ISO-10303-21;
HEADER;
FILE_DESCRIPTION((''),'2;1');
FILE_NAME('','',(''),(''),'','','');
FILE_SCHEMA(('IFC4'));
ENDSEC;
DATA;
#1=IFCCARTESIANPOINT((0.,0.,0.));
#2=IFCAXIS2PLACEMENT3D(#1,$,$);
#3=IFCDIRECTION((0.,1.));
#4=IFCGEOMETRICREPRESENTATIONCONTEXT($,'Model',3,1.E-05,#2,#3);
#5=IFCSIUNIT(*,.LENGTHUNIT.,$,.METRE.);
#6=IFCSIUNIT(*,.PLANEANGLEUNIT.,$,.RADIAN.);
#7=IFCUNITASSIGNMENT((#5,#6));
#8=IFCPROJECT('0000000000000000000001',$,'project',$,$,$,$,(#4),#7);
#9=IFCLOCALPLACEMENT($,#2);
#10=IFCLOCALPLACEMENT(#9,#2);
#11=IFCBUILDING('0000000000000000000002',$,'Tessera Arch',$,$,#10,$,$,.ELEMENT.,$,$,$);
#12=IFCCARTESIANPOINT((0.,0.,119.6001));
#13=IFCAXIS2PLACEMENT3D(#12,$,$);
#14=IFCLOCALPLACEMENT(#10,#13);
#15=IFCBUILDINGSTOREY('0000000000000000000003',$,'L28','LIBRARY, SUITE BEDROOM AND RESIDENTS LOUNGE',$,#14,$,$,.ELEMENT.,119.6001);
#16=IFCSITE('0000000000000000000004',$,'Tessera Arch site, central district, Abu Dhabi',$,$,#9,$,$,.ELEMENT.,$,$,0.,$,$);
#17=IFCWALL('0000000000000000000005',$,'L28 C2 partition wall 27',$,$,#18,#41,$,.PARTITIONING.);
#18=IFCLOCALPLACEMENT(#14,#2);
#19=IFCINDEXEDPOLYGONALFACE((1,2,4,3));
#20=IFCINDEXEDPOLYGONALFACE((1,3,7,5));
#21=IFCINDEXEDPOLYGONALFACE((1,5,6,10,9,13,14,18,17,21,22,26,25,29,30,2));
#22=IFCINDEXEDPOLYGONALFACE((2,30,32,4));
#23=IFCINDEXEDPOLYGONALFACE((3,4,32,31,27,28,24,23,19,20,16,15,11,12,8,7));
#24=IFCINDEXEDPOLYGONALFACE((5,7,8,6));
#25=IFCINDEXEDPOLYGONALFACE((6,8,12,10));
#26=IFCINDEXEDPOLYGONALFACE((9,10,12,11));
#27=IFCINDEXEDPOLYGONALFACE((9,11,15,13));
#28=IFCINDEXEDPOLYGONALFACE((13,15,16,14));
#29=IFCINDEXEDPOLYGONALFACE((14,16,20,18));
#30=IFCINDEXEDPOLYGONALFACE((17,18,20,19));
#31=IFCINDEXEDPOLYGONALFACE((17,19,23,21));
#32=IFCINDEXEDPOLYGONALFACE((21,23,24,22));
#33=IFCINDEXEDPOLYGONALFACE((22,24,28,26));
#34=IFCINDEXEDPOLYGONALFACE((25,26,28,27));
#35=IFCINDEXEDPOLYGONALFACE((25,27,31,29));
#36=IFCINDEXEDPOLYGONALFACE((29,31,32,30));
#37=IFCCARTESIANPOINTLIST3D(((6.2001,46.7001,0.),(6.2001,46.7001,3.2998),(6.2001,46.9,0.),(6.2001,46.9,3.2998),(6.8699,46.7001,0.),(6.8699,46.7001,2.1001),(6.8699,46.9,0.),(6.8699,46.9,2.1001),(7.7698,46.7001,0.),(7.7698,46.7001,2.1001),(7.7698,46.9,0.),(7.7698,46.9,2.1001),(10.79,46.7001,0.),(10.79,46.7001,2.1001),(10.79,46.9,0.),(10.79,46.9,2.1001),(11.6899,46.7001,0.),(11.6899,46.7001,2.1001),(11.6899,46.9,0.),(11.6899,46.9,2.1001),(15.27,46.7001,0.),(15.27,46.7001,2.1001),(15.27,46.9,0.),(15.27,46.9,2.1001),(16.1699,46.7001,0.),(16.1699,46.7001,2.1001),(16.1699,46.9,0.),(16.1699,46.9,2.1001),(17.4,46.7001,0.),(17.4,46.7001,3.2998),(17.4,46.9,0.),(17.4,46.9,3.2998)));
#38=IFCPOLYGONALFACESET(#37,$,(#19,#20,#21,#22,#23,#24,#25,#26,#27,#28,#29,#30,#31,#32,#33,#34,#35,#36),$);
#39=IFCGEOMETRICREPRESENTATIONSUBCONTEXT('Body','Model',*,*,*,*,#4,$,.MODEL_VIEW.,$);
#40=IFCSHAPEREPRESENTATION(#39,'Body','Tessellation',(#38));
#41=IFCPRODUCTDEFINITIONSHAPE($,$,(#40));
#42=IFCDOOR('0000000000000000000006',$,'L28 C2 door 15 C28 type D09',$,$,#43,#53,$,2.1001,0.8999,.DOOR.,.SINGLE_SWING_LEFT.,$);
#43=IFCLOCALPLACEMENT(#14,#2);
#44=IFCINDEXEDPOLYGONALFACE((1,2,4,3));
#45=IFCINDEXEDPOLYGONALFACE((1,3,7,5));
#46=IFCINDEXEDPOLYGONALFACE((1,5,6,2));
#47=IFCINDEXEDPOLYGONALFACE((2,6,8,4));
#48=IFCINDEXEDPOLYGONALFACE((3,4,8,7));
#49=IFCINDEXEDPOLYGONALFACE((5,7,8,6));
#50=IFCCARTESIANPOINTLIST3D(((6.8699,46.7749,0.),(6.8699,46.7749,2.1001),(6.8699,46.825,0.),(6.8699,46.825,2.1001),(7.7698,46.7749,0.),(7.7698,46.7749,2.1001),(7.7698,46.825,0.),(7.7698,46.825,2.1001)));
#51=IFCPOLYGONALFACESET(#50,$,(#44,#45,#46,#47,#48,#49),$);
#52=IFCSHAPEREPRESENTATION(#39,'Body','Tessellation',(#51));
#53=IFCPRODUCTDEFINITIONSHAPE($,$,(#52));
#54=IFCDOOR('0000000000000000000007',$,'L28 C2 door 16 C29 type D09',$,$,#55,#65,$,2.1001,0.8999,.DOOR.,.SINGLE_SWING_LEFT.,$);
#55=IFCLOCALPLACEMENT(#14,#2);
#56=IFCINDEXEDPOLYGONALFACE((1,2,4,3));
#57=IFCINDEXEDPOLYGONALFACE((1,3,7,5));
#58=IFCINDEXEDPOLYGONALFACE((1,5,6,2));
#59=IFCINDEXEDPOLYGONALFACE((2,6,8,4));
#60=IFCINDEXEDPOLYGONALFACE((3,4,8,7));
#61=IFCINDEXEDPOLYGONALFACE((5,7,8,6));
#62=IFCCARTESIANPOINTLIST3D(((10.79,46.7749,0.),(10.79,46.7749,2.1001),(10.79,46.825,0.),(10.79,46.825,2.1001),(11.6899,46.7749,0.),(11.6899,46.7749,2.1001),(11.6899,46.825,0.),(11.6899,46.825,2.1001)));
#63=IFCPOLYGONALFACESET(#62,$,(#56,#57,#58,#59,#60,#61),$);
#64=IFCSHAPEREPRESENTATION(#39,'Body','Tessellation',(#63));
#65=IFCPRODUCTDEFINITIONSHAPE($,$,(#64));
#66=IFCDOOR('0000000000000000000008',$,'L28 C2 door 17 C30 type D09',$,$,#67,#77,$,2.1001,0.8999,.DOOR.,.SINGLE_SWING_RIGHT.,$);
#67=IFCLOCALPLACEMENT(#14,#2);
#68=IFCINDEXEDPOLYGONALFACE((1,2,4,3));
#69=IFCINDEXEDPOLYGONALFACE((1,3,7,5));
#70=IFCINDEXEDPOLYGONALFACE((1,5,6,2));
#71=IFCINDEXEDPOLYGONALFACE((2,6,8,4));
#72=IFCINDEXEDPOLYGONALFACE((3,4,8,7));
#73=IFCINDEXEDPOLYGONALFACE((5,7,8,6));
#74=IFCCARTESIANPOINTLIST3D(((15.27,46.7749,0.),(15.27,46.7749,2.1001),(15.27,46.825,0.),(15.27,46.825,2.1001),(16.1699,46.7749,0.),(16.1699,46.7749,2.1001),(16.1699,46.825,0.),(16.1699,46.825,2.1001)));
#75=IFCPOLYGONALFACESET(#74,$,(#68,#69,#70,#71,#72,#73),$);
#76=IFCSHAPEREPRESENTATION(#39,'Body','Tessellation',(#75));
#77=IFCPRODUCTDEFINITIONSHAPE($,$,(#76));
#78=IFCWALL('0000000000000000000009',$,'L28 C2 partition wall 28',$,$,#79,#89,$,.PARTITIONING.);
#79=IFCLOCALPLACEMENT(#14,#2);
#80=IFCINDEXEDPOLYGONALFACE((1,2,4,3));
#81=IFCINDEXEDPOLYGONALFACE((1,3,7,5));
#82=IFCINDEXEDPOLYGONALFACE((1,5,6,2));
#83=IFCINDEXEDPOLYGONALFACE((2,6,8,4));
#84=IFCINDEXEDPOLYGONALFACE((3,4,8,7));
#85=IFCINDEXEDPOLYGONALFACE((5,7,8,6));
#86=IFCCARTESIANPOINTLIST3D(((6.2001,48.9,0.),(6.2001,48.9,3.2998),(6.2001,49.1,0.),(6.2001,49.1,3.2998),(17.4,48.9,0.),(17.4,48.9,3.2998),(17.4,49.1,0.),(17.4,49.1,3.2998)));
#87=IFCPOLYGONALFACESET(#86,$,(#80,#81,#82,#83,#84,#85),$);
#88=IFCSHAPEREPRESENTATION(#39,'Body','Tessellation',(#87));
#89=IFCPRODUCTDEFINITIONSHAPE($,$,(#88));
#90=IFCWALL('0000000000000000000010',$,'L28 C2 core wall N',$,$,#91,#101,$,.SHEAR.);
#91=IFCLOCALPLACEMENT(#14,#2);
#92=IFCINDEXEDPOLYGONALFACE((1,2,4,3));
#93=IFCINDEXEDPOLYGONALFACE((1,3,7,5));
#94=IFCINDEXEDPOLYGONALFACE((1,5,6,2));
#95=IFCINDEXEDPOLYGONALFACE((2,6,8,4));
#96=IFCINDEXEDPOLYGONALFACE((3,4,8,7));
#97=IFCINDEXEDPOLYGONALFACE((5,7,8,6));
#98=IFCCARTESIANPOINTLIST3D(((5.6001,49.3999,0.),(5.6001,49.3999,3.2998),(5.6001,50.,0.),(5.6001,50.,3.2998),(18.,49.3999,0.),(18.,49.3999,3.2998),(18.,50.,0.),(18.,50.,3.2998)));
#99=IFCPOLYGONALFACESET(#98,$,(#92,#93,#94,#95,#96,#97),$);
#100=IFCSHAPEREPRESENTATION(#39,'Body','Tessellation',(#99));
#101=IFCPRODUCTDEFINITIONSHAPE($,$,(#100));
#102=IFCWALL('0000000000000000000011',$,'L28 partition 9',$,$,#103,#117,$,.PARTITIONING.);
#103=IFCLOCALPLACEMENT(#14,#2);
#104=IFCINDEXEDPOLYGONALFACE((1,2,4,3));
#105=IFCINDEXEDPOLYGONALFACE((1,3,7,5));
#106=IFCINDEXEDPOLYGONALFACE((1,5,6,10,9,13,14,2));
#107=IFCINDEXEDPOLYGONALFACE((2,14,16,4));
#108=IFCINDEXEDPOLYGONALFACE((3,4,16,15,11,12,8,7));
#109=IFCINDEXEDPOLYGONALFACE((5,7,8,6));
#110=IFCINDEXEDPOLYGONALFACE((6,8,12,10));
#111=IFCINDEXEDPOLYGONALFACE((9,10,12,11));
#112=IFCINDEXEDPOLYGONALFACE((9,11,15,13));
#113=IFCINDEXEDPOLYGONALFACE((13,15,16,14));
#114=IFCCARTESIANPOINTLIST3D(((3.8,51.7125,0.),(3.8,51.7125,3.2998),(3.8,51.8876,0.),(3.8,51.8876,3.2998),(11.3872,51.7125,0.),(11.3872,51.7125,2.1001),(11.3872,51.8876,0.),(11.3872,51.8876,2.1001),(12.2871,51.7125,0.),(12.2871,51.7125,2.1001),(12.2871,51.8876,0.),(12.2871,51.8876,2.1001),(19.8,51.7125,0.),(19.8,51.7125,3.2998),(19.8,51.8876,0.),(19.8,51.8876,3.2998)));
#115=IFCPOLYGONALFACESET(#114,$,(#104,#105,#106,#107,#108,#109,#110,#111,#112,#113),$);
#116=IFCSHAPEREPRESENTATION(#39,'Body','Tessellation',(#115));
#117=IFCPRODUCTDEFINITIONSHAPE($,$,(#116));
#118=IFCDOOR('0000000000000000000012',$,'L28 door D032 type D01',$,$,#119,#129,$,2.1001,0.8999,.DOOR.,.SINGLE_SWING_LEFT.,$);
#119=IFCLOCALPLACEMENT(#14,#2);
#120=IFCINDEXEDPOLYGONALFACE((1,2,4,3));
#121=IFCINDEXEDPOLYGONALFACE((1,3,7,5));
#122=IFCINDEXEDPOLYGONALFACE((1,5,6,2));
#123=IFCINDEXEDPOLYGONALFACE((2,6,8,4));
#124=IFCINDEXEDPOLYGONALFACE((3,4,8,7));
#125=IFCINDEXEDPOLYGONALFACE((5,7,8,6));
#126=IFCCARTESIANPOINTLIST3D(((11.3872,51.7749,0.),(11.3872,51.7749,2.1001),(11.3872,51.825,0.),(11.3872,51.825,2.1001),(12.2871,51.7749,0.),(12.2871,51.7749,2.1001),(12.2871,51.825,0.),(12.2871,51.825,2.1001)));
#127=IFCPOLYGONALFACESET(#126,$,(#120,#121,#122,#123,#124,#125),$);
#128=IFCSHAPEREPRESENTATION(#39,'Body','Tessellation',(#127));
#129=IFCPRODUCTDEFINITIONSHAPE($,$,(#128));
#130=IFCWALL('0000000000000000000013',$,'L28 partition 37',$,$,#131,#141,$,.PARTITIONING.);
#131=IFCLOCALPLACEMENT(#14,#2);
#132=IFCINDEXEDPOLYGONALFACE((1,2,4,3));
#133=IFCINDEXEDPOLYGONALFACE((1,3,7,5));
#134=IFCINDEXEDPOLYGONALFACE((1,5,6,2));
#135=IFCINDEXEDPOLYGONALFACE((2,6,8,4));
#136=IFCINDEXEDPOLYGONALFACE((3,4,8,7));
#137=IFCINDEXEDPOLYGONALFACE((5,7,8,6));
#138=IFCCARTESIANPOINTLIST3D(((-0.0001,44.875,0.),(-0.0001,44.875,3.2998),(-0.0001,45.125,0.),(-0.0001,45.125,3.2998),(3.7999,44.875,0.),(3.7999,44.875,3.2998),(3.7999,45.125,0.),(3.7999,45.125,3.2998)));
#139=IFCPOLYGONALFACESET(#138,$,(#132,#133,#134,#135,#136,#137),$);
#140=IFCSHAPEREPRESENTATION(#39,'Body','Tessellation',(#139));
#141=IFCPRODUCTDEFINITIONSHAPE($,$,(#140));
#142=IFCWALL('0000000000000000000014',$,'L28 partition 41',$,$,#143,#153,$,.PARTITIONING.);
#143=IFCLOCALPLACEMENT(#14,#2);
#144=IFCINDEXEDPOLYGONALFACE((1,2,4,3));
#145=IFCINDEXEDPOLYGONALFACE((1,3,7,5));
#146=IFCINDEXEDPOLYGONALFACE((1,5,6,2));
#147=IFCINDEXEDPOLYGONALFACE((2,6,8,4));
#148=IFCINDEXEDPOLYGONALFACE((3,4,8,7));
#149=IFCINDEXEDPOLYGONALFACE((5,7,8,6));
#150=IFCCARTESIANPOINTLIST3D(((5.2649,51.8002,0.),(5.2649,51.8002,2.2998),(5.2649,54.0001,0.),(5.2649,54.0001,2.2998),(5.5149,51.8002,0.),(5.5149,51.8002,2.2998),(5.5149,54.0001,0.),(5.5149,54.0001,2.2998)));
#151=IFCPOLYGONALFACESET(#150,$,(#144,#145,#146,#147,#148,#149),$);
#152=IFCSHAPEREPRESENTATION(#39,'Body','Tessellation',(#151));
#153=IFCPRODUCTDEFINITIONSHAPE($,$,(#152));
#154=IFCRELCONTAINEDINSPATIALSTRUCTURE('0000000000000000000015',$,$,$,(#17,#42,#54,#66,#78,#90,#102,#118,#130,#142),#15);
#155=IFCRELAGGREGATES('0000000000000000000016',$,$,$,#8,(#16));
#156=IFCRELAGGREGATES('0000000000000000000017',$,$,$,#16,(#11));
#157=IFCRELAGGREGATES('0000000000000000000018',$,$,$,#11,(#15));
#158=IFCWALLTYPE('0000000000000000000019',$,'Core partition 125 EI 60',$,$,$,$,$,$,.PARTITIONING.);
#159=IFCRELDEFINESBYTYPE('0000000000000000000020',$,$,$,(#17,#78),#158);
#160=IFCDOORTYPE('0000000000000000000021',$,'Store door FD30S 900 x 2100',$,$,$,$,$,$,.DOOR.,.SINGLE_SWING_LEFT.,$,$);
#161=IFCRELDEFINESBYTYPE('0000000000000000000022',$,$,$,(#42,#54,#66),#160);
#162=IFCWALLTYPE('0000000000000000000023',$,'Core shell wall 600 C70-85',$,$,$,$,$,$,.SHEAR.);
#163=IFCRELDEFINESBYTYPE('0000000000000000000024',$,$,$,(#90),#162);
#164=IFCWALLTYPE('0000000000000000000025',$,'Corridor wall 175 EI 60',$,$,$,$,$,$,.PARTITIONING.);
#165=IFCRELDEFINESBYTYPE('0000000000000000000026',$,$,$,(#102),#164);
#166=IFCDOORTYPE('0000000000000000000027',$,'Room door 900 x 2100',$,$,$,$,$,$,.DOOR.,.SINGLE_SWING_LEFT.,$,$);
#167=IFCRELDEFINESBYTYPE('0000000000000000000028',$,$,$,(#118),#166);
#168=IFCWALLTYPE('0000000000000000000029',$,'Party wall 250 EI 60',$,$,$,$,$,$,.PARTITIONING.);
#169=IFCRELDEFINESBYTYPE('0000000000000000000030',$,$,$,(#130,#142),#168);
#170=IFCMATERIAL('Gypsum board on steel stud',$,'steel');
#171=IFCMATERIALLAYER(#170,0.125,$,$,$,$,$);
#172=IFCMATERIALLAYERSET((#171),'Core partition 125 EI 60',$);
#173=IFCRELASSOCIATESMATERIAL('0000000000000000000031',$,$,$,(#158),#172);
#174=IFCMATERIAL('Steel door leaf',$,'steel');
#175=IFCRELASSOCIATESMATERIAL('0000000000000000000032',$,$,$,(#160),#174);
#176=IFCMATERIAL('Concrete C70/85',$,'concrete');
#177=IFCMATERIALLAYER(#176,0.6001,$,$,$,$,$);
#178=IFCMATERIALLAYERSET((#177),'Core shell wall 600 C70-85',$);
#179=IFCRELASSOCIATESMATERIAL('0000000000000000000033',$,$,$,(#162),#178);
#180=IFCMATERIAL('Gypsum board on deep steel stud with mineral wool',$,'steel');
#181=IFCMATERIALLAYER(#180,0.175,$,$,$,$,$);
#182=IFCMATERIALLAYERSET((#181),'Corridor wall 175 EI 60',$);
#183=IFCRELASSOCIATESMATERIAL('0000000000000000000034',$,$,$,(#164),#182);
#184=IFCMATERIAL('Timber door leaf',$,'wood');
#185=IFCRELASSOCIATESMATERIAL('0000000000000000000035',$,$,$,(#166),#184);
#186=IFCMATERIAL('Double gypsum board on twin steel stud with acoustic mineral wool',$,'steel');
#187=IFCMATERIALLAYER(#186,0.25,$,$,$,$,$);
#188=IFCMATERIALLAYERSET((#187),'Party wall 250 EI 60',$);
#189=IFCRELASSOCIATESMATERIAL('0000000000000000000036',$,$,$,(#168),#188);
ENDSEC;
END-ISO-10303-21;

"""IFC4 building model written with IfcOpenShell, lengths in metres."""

from ifc_helpers import new_model, si_unit, direction, frame, frame_2d, origin, place, context, subcontext, project, spatial, rectangle, extrude, material, layer, layer_set, type_object, element, fill, save


model = new_model("IFC4")

# Units and contexts
model_context = context("Model", 3, precision=1e-05, world=origin(), true_north=direction((0.0, 1.0)))
body_context = subcontext(model_context, "Body", "Model", "MODEL_VIEW")
ifc_project = project(units=[si_unit("LENGTHUNIT", "METRE"), si_unit("PLANEANGLEUNIT", "RADIAN")], contexts=[model_context])

# Site, building, storey
site_placement = place(None, origin())
site = spatial("IfcSite", under=ifc_project, at=site_placement, Name="Tessera Arch site, central district, Abu Dhabi", CompositionType="ELEMENT", RefElevation=0.0)
building_placement = place(site_placement, origin())
building = spatial("IfcBuilding", under=site, at=building_placement, Name="Tessera Arch", CompositionType="ELEMENT")
storey_placement = place(building_placement, frame((0.0, 0.0, 119.6001)))
storey = spatial("IfcBuildingStorey", under=building, at=storey_placement, Name="L28", Description="LIBRARY, SUITE BEDROOM AND RESIDENTS LOUNGE", CompositionType="ELEMENT", Elevation=119.6001)

# Shared definitions
ifc_material_1 = material(Name="Gypsum board on steel stud", Category="steel")
ifc_layer_1 = layer(ifc_material_1, 0.125)
ifc_layer_set_1 = layer_set([ifc_layer_1], Name="Core partition 125 EI 60")
wall_type_1 = type_object("IfcWallType", Name="Core partition 125 EI 60", PredefinedType="PARTITIONING", material=ifc_layer_set_1)

# Wall, openings, doors
wall_1_placement = place(storey_placement, frame((6.2, 46.8, 0.0), z_axis=(0.0, 0.0, 1.0), x_axis=(1.0, 0.0, 0.0)))
wall_1 = element("IfcWall", 1, at=wall_1_placement, inside=storey, type_object=wall_type_1, Name="L28 C2 partition wall 27", PredefinedType="PARTITIONING", context=body_context, shape_type="SweptSolid", body=[
    extrude(rectangle(XDim=11.2, YDim=0.2, at=frame_2d((5.6001, 0.0))), origin(), (0.0, 0.0, 1.0), 3.2998),
])
opening_1_placement = place(wall_1_placement, frame((0.6699, 0.0, 0.0)))
opening_1 = element("IfcOpeningElement", 2, at=opening_1_placement, cuts=wall_1, PredefinedType="OPENING", context=body_context, shape_type="SweptSolid", body=[
    extrude(rectangle(XDim=0.8999, YDim=2.1001, at=frame_2d((0.45, 1.05))), frame((0.0, 0.1099, 0.0), z_axis=(0.0, -1.0, 0.0), x_axis=(1.0, 0.0, 0.0)), (0.0, 0.0, 1.0), 0.22),
])
opening_2_placement = place(wall_1_placement, frame((4.5901, 0.0, 0.0)))
opening_2 = element("IfcOpeningElement", 3, at=opening_2_placement, cuts=wall_1, PredefinedType="OPENING", context=body_context, shape_type="SweptSolid", body=[
    extrude(rectangle(XDim=0.8999, YDim=2.1001, at=frame_2d((0.45, 1.05))), frame((0.0, 0.1099, 0.0), z_axis=(0.0, -1.0, 0.0), x_axis=(1.0, 0.0, 0.0)), (0.0, 0.0, 1.0), 0.22),
])
opening_3_placement = place(wall_1_placement, frame((9.0701, 0.0, 0.0)))
opening_3 = element("IfcOpeningElement", 4, at=opening_3_placement, cuts=wall_1, PredefinedType="OPENING", context=body_context, shape_type="SweptSolid", body=[
    extrude(rectangle(XDim=0.8999, YDim=2.1001, at=frame_2d((0.45, 1.05))), frame((0.0, 0.1099, 0.0), z_axis=(0.0, -1.0, 0.0), x_axis=(1.0, 0.0, 0.0)), (0.0, 0.0, 1.0), 0.22),
])
ifc_material_2 = material(Name="Steel door leaf", Category="steel")
door_type_1 = type_object("IfcDoorType", Name="Store door FD30S 900 x 2100", OperationType="SINGLE_SWING_LEFT", PredefinedType="DOOR", material=ifc_material_2)
door_1_placement = place(opening_1_placement, origin())
door_1 = element("IfcDoor", 5, at=door_1_placement, inside=storey, type_object=door_type_1, Name="L28 C2 door 15 C28 type D09", OperationType="SINGLE_SWING_LEFT", OverallHeight=2.1001, OverallWidth=0.8999, PredefinedType="DOOR", context=body_context, shape_type="SweptSolid", body=[
    extrude(rectangle(XDim=0.8999, YDim=2.1001, at=frame_2d((0.45, 1.05))), frame((0.0, 0.0249, 0.0), z_axis=(0.0, -1.0, 0.0), x_axis=(1.0, 0.0, 0.0)), (0.0, 0.0, 1.0), 0.05),
])
fill(opening_1, door_1)
door_2_placement = place(opening_2_placement, origin())
door_2 = element("IfcDoor", 6, at=door_2_placement, inside=storey, type_object=door_type_1, Name="L28 C2 door 16 C29 type D09", OperationType="SINGLE_SWING_LEFT", OverallHeight=2.1001, OverallWidth=0.8999, PredefinedType="DOOR", context=body_context, shape_type="SweptSolid", body=[
    extrude(rectangle(XDim=0.8999, YDim=2.1001, at=frame_2d((0.45, 1.05))), frame((0.0, 0.0249, 0.0), z_axis=(0.0, -1.0, 0.0), x_axis=(1.0, 0.0, 0.0)), (0.0, 0.0, 1.0), 0.05),
])
fill(opening_2, door_2)
door_3_placement = place(opening_3_placement, origin())
door_3 = element("IfcDoor", 7, at=door_3_placement, inside=storey, type_object=door_type_1, Name="L28 C2 door 17 C30 type D09", OperationType="SINGLE_SWING_RIGHT", OverallHeight=2.1001, OverallWidth=0.8999, PredefinedType="DOOR", context=body_context, shape_type="SweptSolid", body=[
    extrude(rectangle(XDim=0.8999, YDim=2.1001, at=frame_2d((0.45, 1.05))), frame((0.0, 0.0249, 0.0), z_axis=(0.0, -1.0, 0.0), x_axis=(1.0, 0.0, 0.0)), (0.0, 0.0, 1.0), 0.05),
])
fill(opening_3, door_3)

# Walls
wall_2_placement = place(storey_placement, frame((6.2, 49.0, 0.0), z_axis=(0.0, 0.0, 1.0), x_axis=(1.0, 0.0, 0.0)))
element("IfcWall", 8, at=wall_2_placement, inside=storey, type_object=wall_type_1, Name="L28 C2 partition wall 28", PredefinedType="PARTITIONING", context=body_context, shape_type="SweptSolid", body=[
    extrude(rectangle(XDim=11.2, YDim=0.2, at=frame_2d((5.6001, 0.0))), origin(), (0.0, 0.0, 1.0), 3.2998),
])
ifc_material_3 = material(Name="Concrete C70/85", Category="concrete")
ifc_layer_2 = layer(ifc_material_3, 0.6001)
ifc_layer_set_2 = layer_set([ifc_layer_2], Name="Core shell wall 600 C70-85")
wall_type_2 = type_object("IfcWallType", Name="Core shell wall 600 C70-85", PredefinedType="SHEAR", material=ifc_layer_set_2)
wall_3_placement = place(storey_placement, frame((5.6001, 49.7, 0.0), z_axis=(0.0, 0.0, 1.0), x_axis=(1.0, 0.0, 0.0)))
element("IfcWall", 9, at=wall_3_placement, inside=storey, type_object=wall_type_2, Name="L28 C2 core wall N", PredefinedType="SHEAR", context=body_context, shape_type="SweptSolid", body=[
    extrude(rectangle(XDim=12.3999, YDim=0.6001, at=frame_2d((6.2, 0.0))), origin(), (0.0, 0.0, 1.0), 3.2998),
])

# Wall, opening, door
ifc_material_4 = material(Name="Gypsum board on deep steel stud with mineral wool", Category="steel")
ifc_layer_3 = layer(ifc_material_4, 0.175)
ifc_layer_set_3 = layer_set([ifc_layer_3], Name="Corridor wall 175 EI 60")
wall_type_3 = type_object("IfcWallType", Name="Corridor wall 175 EI 60", PredefinedType="PARTITIONING", material=ifc_layer_set_3)
wall_4_placement = place(storey_placement, frame((3.8, 51.8, 0.0), z_axis=(0.0, 0.0, 1.0), x_axis=(1.0, 0.0, 0.0)))
wall_4 = element("IfcWall", 10, at=wall_4_placement, inside=storey, type_object=wall_type_3, Name="L28 partition 9", PredefinedType="PARTITIONING", context=body_context, shape_type="SweptSolid", body=[
    extrude(rectangle(XDim=16.0, YDim=0.175, at=frame_2d((8.0, 0.0))), origin(), (0.0, 0.0, 1.0), 3.2998),
])
opening_4_placement = place(wall_4_placement, frame((7.5872, 0.0, 0.0)))
opening_4 = element("IfcOpeningElement", 11, at=opening_4_placement, cuts=wall_4, PredefinedType="OPENING", context=body_context, shape_type="SweptSolid", body=[
    extrude(rectangle(XDim=0.8999, YDim=2.1001, at=frame_2d((0.45, 1.05))), frame((0.0, 0.0974, 0.0), z_axis=(0.0, -1.0, 0.0), x_axis=(1.0, 0.0, 0.0)), (0.0, 0.0, 1.0), 0.1951),
])
ifc_material_5 = material(Name="Timber door leaf", Category="wood")
door_type_2 = type_object("IfcDoorType", Name="Room door 900 x 2100", OperationType="SINGLE_SWING_LEFT", PredefinedType="DOOR", material=ifc_material_5)
door_4_placement = place(opening_4_placement, origin())
door_4 = element("IfcDoor", 12, at=door_4_placement, inside=storey, type_object=door_type_2, Name="L28 door D032 type D01", OperationType="SINGLE_SWING_LEFT", OverallHeight=2.1001, OverallWidth=0.8999, PredefinedType="DOOR", context=body_context, shape_type="SweptSolid", body=[
    extrude(rectangle(XDim=0.8999, YDim=2.1001, at=frame_2d((0.45, 1.05))), frame((0.0, 0.0249, 0.0), z_axis=(0.0, -1.0, 0.0), x_axis=(1.0, 0.0, 0.0)), (0.0, 0.0, 1.0), 0.05),
])
fill(opening_4, door_4)

# Walls
ifc_material_6 = material(Name="Double gypsum board on twin steel stud with acoustic mineral wool", Category="steel")
ifc_layer_4 = layer(ifc_material_6, 0.25)
ifc_layer_set_4 = layer_set([ifc_layer_4], Name="Party wall 250 EI 60")
wall_type_4 = type_object("IfcWallType", Name="Party wall 250 EI 60", PredefinedType="PARTITIONING", material=ifc_layer_set_4)
wall_5_placement = place(storey_placement, frame((0.0, 45.0, 0.0), z_axis=(0.0, 0.0, 1.0), x_axis=(1.0, 0.0, 0.0)))
element("IfcWall", 13, at=wall_5_placement, inside=storey, type_object=wall_type_4, Name="L28 partition 37", PredefinedType="PARTITIONING", context=body_context, shape_type="SweptSolid", body=[
    extrude(rectangle(XDim=3.8, YDim=0.25, at=frame_2d((1.8999, 0.0))), origin(), (0.0, 0.0, 1.0), 3.2998),
])
wall_6_placement = place(storey_placement, frame((5.3899, 51.8, 0.0), z_axis=(0.0, 0.0, 1.0), x_axis=(0.0, 1.0, 0.0)))
element("IfcWall", 14, at=wall_6_placement, inside=storey, type_object=wall_type_4, Name="L28 partition 41", PredefinedType="PARTITIONING", context=body_context, shape_type="SweptSolid", body=[
    extrude(rectangle(XDim=2.2, YDim=0.25, at=frame_2d((1.1001, 0.0))), origin(), (0.0, 0.0, 1.0), 2.2998),
])

save(model, "model.ifc")
